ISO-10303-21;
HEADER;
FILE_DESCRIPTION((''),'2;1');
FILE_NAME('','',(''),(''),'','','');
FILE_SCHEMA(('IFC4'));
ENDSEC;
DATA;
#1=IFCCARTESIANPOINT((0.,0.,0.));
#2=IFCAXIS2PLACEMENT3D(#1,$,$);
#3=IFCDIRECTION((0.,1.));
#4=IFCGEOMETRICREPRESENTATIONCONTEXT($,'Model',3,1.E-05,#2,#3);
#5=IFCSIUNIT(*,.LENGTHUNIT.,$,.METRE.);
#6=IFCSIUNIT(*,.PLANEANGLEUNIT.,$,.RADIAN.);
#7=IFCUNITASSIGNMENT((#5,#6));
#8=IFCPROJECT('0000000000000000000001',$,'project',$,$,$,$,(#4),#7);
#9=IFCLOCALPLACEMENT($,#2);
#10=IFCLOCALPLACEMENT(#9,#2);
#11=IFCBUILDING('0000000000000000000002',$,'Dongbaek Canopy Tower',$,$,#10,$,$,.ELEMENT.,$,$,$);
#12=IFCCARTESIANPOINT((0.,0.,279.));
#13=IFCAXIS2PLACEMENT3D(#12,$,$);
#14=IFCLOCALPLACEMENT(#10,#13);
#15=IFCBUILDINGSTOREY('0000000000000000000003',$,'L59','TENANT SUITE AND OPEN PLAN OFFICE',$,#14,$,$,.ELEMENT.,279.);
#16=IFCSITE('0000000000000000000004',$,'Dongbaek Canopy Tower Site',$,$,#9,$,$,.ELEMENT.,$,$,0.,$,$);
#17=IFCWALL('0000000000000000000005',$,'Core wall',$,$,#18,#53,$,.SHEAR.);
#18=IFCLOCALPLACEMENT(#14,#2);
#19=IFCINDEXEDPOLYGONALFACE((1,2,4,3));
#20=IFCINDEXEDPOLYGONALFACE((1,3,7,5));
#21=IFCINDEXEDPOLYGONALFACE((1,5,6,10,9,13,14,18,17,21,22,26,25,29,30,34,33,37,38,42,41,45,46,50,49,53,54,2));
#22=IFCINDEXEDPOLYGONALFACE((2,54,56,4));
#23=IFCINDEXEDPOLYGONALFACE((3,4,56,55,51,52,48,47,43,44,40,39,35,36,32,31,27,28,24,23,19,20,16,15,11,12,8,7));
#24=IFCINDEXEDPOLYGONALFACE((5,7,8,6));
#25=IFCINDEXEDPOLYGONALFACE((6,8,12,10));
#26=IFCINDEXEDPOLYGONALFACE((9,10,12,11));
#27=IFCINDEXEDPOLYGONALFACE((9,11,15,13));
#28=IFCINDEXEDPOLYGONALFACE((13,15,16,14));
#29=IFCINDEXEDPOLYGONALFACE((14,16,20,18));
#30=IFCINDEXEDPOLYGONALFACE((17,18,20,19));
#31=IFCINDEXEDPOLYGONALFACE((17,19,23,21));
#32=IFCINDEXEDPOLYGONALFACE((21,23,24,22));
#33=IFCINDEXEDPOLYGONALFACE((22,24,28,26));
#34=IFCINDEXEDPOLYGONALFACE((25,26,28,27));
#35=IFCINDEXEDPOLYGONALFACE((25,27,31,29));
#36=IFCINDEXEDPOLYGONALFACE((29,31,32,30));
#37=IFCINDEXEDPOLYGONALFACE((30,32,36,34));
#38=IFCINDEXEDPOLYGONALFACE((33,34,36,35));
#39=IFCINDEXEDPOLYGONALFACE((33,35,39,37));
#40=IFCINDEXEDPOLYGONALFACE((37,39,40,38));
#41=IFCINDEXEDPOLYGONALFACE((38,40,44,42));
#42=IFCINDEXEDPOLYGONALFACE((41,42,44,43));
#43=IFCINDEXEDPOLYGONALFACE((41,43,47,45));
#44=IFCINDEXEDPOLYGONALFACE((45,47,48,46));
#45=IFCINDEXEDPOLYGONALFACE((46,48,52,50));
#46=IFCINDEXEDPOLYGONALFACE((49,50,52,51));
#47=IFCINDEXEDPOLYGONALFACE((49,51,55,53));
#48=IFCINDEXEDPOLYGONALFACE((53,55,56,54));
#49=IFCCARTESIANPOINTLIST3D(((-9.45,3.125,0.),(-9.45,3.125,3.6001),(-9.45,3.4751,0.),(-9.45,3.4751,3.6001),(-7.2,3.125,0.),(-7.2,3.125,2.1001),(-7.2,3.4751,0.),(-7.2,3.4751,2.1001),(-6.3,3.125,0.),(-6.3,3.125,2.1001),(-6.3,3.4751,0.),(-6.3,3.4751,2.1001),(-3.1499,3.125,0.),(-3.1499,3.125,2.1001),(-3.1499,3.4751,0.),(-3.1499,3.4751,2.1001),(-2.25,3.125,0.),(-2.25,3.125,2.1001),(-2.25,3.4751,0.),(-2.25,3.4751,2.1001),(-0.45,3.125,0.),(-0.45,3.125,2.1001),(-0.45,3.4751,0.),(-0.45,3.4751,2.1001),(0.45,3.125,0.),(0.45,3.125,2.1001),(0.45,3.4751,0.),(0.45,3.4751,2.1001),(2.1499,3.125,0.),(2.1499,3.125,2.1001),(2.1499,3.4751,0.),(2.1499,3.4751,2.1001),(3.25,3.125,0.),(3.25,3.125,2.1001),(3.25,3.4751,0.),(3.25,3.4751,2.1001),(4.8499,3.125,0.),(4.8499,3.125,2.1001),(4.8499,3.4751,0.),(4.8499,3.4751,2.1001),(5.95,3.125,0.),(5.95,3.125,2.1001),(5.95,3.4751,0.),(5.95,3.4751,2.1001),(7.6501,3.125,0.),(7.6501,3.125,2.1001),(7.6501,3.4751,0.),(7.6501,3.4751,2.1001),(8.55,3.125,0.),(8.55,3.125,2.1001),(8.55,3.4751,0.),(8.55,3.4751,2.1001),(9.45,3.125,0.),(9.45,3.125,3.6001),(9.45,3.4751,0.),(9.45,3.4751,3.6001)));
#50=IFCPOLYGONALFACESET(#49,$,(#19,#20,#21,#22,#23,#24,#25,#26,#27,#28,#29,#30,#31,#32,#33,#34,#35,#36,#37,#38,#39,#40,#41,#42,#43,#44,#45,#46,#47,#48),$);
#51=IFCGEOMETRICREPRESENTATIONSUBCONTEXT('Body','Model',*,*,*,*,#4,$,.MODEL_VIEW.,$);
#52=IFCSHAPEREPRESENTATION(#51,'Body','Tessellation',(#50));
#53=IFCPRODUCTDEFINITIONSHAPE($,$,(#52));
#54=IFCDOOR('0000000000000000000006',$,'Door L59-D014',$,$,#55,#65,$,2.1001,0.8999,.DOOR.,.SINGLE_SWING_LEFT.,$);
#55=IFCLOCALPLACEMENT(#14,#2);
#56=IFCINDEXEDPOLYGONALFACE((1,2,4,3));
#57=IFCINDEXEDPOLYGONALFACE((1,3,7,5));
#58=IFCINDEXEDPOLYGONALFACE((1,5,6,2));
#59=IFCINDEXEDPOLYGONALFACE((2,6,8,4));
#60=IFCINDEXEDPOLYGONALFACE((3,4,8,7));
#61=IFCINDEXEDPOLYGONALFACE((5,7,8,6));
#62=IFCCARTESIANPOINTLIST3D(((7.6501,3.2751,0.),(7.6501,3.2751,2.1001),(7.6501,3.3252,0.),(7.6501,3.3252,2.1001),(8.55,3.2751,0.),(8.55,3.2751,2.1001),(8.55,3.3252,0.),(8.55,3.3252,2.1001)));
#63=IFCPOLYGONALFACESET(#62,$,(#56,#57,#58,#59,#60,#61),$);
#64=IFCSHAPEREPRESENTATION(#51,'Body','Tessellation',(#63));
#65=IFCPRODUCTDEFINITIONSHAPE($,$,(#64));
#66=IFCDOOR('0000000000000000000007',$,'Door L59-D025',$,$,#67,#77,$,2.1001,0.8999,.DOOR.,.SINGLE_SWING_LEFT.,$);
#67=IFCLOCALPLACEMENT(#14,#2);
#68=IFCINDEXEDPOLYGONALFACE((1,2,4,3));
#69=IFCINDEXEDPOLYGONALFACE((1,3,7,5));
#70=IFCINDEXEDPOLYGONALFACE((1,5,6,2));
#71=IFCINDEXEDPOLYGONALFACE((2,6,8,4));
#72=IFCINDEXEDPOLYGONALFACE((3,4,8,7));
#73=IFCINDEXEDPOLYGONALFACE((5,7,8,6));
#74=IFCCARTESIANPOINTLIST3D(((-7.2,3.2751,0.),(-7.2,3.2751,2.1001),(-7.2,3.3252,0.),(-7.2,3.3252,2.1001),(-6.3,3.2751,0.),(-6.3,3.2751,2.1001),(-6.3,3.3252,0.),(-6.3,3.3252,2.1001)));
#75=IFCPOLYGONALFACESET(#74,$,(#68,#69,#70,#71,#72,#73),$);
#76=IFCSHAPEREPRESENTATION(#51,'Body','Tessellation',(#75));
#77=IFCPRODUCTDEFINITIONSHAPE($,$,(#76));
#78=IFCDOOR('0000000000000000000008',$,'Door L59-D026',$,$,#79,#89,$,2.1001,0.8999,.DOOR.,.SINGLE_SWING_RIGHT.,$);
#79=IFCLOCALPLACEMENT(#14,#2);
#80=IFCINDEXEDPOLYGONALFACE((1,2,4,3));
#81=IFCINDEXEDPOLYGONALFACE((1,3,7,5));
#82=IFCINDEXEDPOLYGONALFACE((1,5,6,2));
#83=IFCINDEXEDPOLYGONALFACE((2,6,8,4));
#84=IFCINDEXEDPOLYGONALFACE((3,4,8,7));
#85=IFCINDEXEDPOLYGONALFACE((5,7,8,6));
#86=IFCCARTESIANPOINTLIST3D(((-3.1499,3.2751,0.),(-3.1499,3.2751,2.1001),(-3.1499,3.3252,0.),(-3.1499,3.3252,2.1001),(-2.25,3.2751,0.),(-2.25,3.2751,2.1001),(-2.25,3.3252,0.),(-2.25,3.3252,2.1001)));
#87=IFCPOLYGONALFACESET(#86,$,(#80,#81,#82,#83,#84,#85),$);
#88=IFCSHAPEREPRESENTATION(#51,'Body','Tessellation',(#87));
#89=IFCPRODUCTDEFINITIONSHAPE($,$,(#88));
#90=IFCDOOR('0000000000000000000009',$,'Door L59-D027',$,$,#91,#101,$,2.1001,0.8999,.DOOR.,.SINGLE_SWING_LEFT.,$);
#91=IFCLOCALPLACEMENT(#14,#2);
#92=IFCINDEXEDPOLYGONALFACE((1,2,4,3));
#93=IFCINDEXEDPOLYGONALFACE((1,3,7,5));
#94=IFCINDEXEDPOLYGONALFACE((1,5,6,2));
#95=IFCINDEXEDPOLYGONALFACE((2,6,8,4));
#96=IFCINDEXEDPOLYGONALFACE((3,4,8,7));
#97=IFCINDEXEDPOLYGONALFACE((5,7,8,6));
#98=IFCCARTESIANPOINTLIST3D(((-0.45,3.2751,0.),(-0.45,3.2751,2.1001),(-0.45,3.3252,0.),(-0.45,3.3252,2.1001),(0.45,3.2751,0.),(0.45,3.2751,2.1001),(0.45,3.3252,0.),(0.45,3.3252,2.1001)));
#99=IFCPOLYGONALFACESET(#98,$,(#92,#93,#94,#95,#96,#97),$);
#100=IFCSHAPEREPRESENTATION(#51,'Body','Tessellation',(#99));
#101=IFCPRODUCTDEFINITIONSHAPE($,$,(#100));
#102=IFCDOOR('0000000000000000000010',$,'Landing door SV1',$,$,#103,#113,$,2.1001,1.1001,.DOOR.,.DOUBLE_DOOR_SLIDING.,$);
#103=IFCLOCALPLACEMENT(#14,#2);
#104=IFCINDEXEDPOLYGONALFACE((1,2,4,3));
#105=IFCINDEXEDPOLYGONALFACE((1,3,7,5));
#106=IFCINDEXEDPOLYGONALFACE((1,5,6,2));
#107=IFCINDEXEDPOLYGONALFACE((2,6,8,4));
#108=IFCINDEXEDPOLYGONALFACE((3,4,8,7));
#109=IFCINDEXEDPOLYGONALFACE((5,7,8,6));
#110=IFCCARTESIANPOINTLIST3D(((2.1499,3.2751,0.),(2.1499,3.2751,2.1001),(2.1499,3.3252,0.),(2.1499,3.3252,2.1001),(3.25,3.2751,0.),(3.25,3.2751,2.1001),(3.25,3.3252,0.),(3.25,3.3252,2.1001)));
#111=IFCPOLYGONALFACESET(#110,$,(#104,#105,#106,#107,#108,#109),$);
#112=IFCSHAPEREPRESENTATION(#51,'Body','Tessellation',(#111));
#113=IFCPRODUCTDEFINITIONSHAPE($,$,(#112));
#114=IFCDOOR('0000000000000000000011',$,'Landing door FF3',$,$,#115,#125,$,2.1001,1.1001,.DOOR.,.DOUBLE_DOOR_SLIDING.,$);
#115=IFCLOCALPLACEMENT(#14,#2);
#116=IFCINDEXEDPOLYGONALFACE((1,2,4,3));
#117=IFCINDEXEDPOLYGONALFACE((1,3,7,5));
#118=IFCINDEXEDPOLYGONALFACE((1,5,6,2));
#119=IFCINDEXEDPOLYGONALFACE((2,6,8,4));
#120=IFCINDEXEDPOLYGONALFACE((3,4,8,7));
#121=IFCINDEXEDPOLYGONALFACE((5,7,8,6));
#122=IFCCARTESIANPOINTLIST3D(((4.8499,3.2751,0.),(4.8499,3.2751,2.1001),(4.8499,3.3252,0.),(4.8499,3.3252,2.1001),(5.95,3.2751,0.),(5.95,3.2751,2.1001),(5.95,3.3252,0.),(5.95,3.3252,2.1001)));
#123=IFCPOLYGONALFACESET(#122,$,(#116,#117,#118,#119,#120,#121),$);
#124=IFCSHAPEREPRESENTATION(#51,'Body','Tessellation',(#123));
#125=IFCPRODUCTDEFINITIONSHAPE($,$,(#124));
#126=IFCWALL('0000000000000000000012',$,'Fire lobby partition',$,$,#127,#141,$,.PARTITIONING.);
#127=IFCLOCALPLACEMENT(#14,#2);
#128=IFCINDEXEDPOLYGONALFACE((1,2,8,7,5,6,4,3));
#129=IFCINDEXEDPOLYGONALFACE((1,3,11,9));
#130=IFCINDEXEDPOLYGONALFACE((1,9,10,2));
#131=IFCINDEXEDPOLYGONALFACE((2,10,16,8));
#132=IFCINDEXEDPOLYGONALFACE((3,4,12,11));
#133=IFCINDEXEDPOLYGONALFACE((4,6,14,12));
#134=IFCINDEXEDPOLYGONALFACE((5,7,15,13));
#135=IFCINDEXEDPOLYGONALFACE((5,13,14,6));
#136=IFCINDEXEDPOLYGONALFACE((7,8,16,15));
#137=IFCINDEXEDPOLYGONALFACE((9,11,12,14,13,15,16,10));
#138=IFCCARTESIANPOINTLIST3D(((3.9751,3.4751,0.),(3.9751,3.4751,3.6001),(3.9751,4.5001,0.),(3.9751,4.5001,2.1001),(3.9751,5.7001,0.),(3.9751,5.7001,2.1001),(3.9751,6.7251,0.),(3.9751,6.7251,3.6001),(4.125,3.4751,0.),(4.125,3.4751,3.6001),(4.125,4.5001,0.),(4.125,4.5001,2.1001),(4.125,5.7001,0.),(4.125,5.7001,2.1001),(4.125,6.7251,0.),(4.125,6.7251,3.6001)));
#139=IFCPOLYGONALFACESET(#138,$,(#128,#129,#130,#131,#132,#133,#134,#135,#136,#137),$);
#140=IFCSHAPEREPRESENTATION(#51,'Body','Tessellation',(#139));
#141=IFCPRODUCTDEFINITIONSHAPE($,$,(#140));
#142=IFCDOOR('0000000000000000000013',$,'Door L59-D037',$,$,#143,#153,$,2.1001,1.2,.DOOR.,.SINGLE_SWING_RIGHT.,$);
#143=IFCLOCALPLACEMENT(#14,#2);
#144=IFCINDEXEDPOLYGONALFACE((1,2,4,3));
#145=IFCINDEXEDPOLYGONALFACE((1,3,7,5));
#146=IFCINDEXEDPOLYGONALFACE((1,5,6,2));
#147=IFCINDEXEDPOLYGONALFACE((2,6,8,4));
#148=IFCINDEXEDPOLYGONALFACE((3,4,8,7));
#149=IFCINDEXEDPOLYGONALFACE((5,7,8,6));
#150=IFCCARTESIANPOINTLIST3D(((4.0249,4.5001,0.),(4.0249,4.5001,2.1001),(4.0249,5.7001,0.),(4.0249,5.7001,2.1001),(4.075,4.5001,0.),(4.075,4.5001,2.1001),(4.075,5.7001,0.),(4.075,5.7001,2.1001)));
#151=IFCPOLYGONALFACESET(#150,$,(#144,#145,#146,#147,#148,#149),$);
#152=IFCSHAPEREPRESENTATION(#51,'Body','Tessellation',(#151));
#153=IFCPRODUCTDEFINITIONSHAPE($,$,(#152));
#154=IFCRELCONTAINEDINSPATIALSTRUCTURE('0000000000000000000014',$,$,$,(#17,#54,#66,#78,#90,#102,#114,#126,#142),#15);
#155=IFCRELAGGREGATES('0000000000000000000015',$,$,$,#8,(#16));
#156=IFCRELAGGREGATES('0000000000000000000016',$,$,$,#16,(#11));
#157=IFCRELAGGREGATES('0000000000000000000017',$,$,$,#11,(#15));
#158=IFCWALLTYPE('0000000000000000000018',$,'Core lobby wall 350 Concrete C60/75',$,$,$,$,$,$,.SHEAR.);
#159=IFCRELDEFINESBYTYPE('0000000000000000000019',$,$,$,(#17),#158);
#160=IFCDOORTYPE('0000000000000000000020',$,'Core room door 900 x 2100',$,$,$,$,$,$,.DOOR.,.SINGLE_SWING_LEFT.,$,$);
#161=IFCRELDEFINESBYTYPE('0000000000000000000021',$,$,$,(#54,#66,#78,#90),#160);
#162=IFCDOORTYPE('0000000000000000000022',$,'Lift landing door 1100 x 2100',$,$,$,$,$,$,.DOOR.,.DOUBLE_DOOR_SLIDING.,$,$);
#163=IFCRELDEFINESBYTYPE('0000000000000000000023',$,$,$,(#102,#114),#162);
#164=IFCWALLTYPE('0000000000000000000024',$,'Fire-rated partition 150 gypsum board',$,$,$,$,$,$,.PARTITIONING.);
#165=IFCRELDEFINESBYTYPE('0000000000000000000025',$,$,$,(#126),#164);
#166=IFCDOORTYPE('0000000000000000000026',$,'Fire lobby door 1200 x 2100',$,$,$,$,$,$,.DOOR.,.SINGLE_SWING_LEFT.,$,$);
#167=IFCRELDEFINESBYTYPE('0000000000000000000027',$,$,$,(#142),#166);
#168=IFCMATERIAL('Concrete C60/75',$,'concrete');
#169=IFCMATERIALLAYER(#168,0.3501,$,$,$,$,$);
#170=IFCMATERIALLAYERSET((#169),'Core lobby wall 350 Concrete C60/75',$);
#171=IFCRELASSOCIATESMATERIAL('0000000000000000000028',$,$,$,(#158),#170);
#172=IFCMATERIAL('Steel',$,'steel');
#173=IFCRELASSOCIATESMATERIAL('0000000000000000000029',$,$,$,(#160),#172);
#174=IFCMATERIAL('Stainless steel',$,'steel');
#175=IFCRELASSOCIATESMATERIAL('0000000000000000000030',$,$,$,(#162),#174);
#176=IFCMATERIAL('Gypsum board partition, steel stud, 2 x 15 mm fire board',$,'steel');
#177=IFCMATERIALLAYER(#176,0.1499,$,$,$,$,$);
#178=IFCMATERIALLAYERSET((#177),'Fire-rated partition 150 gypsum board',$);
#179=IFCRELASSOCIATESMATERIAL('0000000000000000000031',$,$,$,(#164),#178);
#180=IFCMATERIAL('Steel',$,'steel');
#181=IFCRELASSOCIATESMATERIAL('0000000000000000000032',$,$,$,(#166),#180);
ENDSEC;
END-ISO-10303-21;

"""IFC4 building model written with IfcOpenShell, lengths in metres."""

from ifc_helpers import new_model, si_unit, direction, frame, frame_2d, origin, place, context, subcontext, project, spatial, rectangle, extrude, material, layer, layer_set, type_object, element, fill, save


model = new_model("IFC4")

# Units and contexts
model_context = context("Model", 3, precision=1e-05, world=origin(), true_north=direction((0.0, 1.0)))
body_context = subcontext(model_context, "Body", "Model", "MODEL_VIEW")
ifc_project = project(units=[si_unit("LENGTHUNIT", "METRE"), si_unit("PLANEANGLEUNIT", "RADIAN")], contexts=[model_context])

# Site, building, storey
site_placement = place(None, origin())
site = spatial("IfcSite", under=ifc_project, at=site_placement, Name="Dongbaek Canopy Tower Site", CompositionType="ELEMENT", RefElevation=0.0)
building_placement = place(site_placement, origin())
building = spatial("IfcBuilding", under=site, at=building_placement, Name="Dongbaek Canopy Tower", CompositionType="ELEMENT")
storey_placement = place(building_placement, frame((0.0, 0.0, 279.0)))
storey = spatial("IfcBuildingStorey", under=building, at=storey_placement, Name="L59", Description="TENANT SUITE AND OPEN PLAN OFFICE", CompositionType="ELEMENT", Elevation=279.0)

# Wall, openings, doors
ifc_material_1 = material(Name="Concrete C60/75", Category="concrete")
ifc_layer_1 = layer(ifc_material_1, 0.3501)
ifc_layer_set_1 = layer_set([ifc_layer_1], Name="Core lobby wall 350 Concrete C60/75")
wall_type_1 = type_object("IfcWallType", Name="Core lobby wall 350 Concrete C60/75", PredefinedType="SHEAR", material=ifc_layer_set_1)
wall_1_placement = place(storey_placement, frame((9.45, 3.3, 0.0), z_axis=(0.0, 0.0, 1.0), x_axis=(-1.0, 0.0, 0.0)))
wall_1 = element("IfcWall", 1, at=wall_1_placement, inside=storey, type_object=wall_type_1, Name="Core wall", PredefinedType="SHEAR", context=body_context, shape_type="SweptSolid", body=[
    extrude(rectangle(XDim=18.8999, YDim=0.3501, at=frame_2d((9.45, 0.0))), origin(), (0.0, 0.0, 1.0), 3.6001),
])
opening_1_placement = place(wall_1_placement, frame((6.2, 0.0, 0.0)))
opening_1 = element("IfcOpeningElement", 2, at=opening_1_placement, cuts=wall_1, PredefinedType="OPENING", context=body_context, shape_type="SweptSolid", body=[
    extrude(rectangle(XDim=1.1001, YDim=2.1001, at=frame_2d((0.55, 1.05))), frame((0.0, 0.1851, 0.0), z_axis=(0.0, -1.0, 0.0), x_axis=(1.0, 0.0, 0.0)), (0.0, 0.0, 1.0), 0.3701),
])
opening_2_placement = place(wall_1_placement, frame((3.5, 0.0, 0.0)))
opening_2 = element("IfcOpeningElement", 3, at=opening_2_placement, cuts=wall_1, PredefinedType="OPENING", context=body_context, shape_type="SweptSolid", body=[
    extrude(rectangle(XDim=1.1001, YDim=2.1001, at=frame_2d((0.55, 1.05))), frame((0.0, 0.1851, 0.0), z_axis=(0.0, -1.0, 0.0), x_axis=(1.0, 0.0, 0.0)), (0.0, 0.0, 1.0), 0.3701),
])
opening_3_placement = place(wall_1_placement, frame((0.8999, 0.0, 0.0)))
opening_3 = element("IfcOpeningElement", 4, at=opening_3_placement, cuts=wall_1, PredefinedType="OPENING", context=body_context, shape_type="SweptSolid", body=[
    extrude(rectangle(XDim=0.8999, YDim=2.1001, at=frame_2d((0.45, 1.05))), frame((0.0, 0.1851, 0.0), z_axis=(0.0, -1.0, 0.0), x_axis=(1.0, 0.0, 0.0)), (0.0, 0.0, 1.0), 0.3701),
])
opening_4_placement = place(wall_1_placement, frame((15.75, 0.0, 0.0)))
opening_4 = element("IfcOpeningElement", 5, at=opening_4_placement, cuts=wall_1, PredefinedType="OPENING", context=body_context, shape_type="SweptSolid", body=[
    extrude(rectangle(XDim=0.8999, YDim=2.1001, at=frame_2d((0.45, 1.05))), frame((0.0, 0.1851, 0.0), z_axis=(0.0, -1.0, 0.0), x_axis=(1.0, 0.0, 0.0)), (0.0, 0.0, 1.0), 0.3701),
])
opening_5_placement = place(wall_1_placement, frame((11.7, 0.0, 0.0)))
opening_5 = element("IfcOpeningElement", 6, at=opening_5_placement, cuts=wall_1, PredefinedType="OPENING", context=body_context, shape_type="SweptSolid", body=[
    extrude(rectangle(XDim=0.8999, YDim=2.1001, at=frame_2d((0.45, 1.05))), frame((0.0, 0.1851, 0.0), z_axis=(0.0, -1.0, 0.0), x_axis=(1.0, 0.0, 0.0)), (0.0, 0.0, 1.0), 0.3701),
])
opening_6_placement = place(wall_1_placement, frame((9.0, 0.0, 0.0)))
opening_6 = element("IfcOpeningElement", 7, at=opening_6_placement, cuts=wall_1, PredefinedType="OPENING", context=body_context, shape_type="SweptSolid", body=[
    extrude(rectangle(XDim=0.8999, YDim=2.1001, at=frame_2d((0.45, 1.05))), frame((0.0, 0.1851, 0.0), z_axis=(0.0, -1.0, 0.0), x_axis=(1.0, 0.0, 0.0)), (0.0, 0.0, 1.0), 0.3701),
])
ifc_material_2 = material(Name="Steel", Category="steel")
door_type_1 = type_object("IfcDoorType", Name="Core room door 900 x 2100", OperationType="SINGLE_SWING_LEFT", PredefinedType="DOOR", material=ifc_material_2)
door_1_placement = place(opening_3_placement, origin())
door_1 = element("IfcDoor", 8, at=door_1_placement, inside=storey, type_object=door_type_1, Name="Door L59-D014", OperationType="SINGLE_SWING_LEFT", OverallHeight=2.1001, OverallWidth=0.8999, PredefinedType="DOOR", context=body_context, shape_type="SweptSolid", body=[
    extrude(rectangle(XDim=0.8999, YDim=2.1001, at=frame_2d((0.45, 1.05))), frame((0.0, 0.0249, 0.0), z_axis=(0.0, -1.0, 0.0), x_axis=(1.0, 0.0, 0.0)), (0.0, 0.0, 1.0), 0.05),
])
fill(opening_3, door_1)
door_2_placement = place(opening_4_placement, origin())
door_2 = element("IfcDoor", 9, at=door_2_placement, inside=storey, type_object=door_type_1, Name="Door L59-D025", OperationType="SINGLE_SWING_LEFT", OverallHeight=2.1001, OverallWidth=0.8999, PredefinedType="DOOR", context=body_context, shape_type="SweptSolid", body=[
    extrude(rectangle(XDim=0.8999, YDim=2.1001, at=frame_2d((0.45, 1.05))), frame((0.0, 0.0249, 0.0), z_axis=(0.0, -1.0, 0.0), x_axis=(1.0, 0.0, 0.0)), (0.0, 0.0, 1.0), 0.05),
])
fill(opening_4, door_2)
door_3_placement = place(opening_5_placement, origin())
door_3 = element("IfcDoor", 10, at=door_3_placement, inside=storey, type_object=door_type_1, Name="Door L59-D026", OperationType="SINGLE_SWING_RIGHT", OverallHeight=2.1001, OverallWidth=0.8999, PredefinedType="DOOR", context=body_context, shape_type="SweptSolid", body=[
    extrude(rectangle(XDim=0.8999, YDim=2.1001, at=frame_2d((0.45, 1.05))), frame((0.0, 0.0249, 0.0), z_axis=(0.0, -1.0, 0.0), x_axis=(1.0, 0.0, 0.0)), (0.0, 0.0, 1.0), 0.05),
])
fill(opening_5, door_3)
door_4_placement = place(opening_6_placement, origin())
door_4 = element("IfcDoor", 11, at=door_4_placement, inside=storey, type_object=door_type_1, Name="Door L59-D027", OperationType="SINGLE_SWING_LEFT", OverallHeight=2.1001, OverallWidth=0.8999, PredefinedType="DOOR", context=body_context, shape_type="SweptSolid", body=[
    extrude(rectangle(XDim=0.8999, YDim=2.1001, at=frame_2d((0.45, 1.05))), frame((0.0, 0.0249, 0.0), z_axis=(0.0, -1.0, 0.0), x_axis=(1.0, 0.0, 0.0)), (0.0, 0.0, 1.0), 0.05),
])
fill(opening_6, door_4)
ifc_material_3 = material(Name="Stainless steel", Category="steel")
door_type_2 = type_object("IfcDoorType", Name="Lift landing door 1100 x 2100", OperationType="DOUBLE_DOOR_SLIDING", PredefinedType="DOOR", material=ifc_material_3)
door_5_placement = place(opening_1_placement, origin())
door_5 = element("IfcDoor", 12, at=door_5_placement, inside=storey, type_object=door_type_2, Name="Landing door SV1", OperationType="DOUBLE_DOOR_SLIDING", OverallHeight=2.1001, OverallWidth=1.1001, PredefinedType="DOOR", context=body_context, shape_type="SweptSolid", body=[
    extrude(rectangle(XDim=1.1001, YDim=2.1001, at=frame_2d((0.55, 1.05))), frame((0.0, 0.0249, 0.0), z_axis=(0.0, -1.0, 0.0), x_axis=(1.0, 0.0, 0.0)), (0.0, 0.0, 1.0), 0.05),
])
fill(opening_1, door_5)
door_6_placement = place(opening_2_placement, origin())
door_6 = element("IfcDoor", 13, at=door_6_placement, inside=storey, type_object=door_type_2, Name="Landing door FF3", OperationType="DOUBLE_DOOR_SLIDING", OverallHeight=2.1001, OverallWidth=1.1001, PredefinedType="DOOR", context=body_context, shape_type="SweptSolid", body=[
    extrude(rectangle(XDim=1.1001, YDim=2.1001, at=frame_2d((0.55, 1.05))), frame((0.0, 0.0249, 0.0), z_axis=(0.0, -1.0, 0.0), x_axis=(1.0, 0.0, 0.0)), (0.0, 0.0, 1.0), 0.05),
])
fill(opening_2, door_6)

# Wall, opening, door
ifc_material_4 = material(Name="Gypsum board partition, steel stud, 2 x 15 mm fire board", Category="steel")
ifc_layer_2 = layer(ifc_material_4, 0.1499)
ifc_layer_set_2 = layer_set([ifc_layer_2], Name="Fire-rated partition 150 gypsum board")
wall_type_2 = type_object("IfcWallType", Name="Fire-rated partition 150 gypsum board", PredefinedType="PARTITIONING", material=ifc_layer_set_2)
wall_2_placement = place(storey_placement, frame((4.05, 6.7251, 0.0), z_axis=(0.0, 0.0, 1.0), x_axis=(0.0, -1.0, 0.0)))
wall_2 = element("IfcWall", 14, at=wall_2_placement, inside=storey, type_object=wall_type_2, Name="Fire lobby partition", PredefinedType="PARTITIONING", context=body_context, shape_type="SweptSolid", body=[
    extrude(rectangle(XDim=3.25, YDim=0.1499, at=frame_2d((1.625, 0.0))), origin(), (0.0, 0.0, 1.0), 3.6001),
])
opening_7_placement = place(wall_2_placement, frame((1.0249, 0.0, 0.0)))
opening_7 = element("IfcOpeningElement", 15, at=opening_7_placement, cuts=wall_2, PredefinedType="OPENING", context=body_context, shape_type="SweptSolid", body=[
    extrude(rectangle(XDim=1.2, YDim=2.1001, at=frame_2d((0.6001, 1.05))), frame((0.0, 0.085, 0.0), z_axis=(0.0, -1.0, 0.0), x_axis=(1.0, 0.0, 0.0)), (0.0, 0.0, 1.0), 0.1699),
])
ifc_material_5 = material(Name="Steel", Category="steel")
door_type_3 = type_object("IfcDoorType", Name="Fire lobby door 1200 x 2100", OperationType="SINGLE_SWING_LEFT", PredefinedType="DOOR", material=ifc_material_5)
door_7_placement = place(opening_7_placement, origin())
door_7 = element("IfcDoor", 16, at=door_7_placement, inside=storey, type_object=door_type_3, Name="Door L59-D037", OperationType="SINGLE_SWING_RIGHT", OverallHeight=2.1001, OverallWidth=1.2, PredefinedType="DOOR", context=body_context, shape_type="SweptSolid", body=[
    extrude(rectangle(XDim=1.2, YDim=2.1001, at=frame_2d((0.6001, 1.05))), frame((0.0, 0.0249, 0.0), z_axis=(0.0, -1.0, 0.0), x_axis=(1.0, 0.0, 0.0)), (0.0, 0.0, 1.0), 0.05),
])
fill(opening_7, door_7)

save(model, "model.ifc")
